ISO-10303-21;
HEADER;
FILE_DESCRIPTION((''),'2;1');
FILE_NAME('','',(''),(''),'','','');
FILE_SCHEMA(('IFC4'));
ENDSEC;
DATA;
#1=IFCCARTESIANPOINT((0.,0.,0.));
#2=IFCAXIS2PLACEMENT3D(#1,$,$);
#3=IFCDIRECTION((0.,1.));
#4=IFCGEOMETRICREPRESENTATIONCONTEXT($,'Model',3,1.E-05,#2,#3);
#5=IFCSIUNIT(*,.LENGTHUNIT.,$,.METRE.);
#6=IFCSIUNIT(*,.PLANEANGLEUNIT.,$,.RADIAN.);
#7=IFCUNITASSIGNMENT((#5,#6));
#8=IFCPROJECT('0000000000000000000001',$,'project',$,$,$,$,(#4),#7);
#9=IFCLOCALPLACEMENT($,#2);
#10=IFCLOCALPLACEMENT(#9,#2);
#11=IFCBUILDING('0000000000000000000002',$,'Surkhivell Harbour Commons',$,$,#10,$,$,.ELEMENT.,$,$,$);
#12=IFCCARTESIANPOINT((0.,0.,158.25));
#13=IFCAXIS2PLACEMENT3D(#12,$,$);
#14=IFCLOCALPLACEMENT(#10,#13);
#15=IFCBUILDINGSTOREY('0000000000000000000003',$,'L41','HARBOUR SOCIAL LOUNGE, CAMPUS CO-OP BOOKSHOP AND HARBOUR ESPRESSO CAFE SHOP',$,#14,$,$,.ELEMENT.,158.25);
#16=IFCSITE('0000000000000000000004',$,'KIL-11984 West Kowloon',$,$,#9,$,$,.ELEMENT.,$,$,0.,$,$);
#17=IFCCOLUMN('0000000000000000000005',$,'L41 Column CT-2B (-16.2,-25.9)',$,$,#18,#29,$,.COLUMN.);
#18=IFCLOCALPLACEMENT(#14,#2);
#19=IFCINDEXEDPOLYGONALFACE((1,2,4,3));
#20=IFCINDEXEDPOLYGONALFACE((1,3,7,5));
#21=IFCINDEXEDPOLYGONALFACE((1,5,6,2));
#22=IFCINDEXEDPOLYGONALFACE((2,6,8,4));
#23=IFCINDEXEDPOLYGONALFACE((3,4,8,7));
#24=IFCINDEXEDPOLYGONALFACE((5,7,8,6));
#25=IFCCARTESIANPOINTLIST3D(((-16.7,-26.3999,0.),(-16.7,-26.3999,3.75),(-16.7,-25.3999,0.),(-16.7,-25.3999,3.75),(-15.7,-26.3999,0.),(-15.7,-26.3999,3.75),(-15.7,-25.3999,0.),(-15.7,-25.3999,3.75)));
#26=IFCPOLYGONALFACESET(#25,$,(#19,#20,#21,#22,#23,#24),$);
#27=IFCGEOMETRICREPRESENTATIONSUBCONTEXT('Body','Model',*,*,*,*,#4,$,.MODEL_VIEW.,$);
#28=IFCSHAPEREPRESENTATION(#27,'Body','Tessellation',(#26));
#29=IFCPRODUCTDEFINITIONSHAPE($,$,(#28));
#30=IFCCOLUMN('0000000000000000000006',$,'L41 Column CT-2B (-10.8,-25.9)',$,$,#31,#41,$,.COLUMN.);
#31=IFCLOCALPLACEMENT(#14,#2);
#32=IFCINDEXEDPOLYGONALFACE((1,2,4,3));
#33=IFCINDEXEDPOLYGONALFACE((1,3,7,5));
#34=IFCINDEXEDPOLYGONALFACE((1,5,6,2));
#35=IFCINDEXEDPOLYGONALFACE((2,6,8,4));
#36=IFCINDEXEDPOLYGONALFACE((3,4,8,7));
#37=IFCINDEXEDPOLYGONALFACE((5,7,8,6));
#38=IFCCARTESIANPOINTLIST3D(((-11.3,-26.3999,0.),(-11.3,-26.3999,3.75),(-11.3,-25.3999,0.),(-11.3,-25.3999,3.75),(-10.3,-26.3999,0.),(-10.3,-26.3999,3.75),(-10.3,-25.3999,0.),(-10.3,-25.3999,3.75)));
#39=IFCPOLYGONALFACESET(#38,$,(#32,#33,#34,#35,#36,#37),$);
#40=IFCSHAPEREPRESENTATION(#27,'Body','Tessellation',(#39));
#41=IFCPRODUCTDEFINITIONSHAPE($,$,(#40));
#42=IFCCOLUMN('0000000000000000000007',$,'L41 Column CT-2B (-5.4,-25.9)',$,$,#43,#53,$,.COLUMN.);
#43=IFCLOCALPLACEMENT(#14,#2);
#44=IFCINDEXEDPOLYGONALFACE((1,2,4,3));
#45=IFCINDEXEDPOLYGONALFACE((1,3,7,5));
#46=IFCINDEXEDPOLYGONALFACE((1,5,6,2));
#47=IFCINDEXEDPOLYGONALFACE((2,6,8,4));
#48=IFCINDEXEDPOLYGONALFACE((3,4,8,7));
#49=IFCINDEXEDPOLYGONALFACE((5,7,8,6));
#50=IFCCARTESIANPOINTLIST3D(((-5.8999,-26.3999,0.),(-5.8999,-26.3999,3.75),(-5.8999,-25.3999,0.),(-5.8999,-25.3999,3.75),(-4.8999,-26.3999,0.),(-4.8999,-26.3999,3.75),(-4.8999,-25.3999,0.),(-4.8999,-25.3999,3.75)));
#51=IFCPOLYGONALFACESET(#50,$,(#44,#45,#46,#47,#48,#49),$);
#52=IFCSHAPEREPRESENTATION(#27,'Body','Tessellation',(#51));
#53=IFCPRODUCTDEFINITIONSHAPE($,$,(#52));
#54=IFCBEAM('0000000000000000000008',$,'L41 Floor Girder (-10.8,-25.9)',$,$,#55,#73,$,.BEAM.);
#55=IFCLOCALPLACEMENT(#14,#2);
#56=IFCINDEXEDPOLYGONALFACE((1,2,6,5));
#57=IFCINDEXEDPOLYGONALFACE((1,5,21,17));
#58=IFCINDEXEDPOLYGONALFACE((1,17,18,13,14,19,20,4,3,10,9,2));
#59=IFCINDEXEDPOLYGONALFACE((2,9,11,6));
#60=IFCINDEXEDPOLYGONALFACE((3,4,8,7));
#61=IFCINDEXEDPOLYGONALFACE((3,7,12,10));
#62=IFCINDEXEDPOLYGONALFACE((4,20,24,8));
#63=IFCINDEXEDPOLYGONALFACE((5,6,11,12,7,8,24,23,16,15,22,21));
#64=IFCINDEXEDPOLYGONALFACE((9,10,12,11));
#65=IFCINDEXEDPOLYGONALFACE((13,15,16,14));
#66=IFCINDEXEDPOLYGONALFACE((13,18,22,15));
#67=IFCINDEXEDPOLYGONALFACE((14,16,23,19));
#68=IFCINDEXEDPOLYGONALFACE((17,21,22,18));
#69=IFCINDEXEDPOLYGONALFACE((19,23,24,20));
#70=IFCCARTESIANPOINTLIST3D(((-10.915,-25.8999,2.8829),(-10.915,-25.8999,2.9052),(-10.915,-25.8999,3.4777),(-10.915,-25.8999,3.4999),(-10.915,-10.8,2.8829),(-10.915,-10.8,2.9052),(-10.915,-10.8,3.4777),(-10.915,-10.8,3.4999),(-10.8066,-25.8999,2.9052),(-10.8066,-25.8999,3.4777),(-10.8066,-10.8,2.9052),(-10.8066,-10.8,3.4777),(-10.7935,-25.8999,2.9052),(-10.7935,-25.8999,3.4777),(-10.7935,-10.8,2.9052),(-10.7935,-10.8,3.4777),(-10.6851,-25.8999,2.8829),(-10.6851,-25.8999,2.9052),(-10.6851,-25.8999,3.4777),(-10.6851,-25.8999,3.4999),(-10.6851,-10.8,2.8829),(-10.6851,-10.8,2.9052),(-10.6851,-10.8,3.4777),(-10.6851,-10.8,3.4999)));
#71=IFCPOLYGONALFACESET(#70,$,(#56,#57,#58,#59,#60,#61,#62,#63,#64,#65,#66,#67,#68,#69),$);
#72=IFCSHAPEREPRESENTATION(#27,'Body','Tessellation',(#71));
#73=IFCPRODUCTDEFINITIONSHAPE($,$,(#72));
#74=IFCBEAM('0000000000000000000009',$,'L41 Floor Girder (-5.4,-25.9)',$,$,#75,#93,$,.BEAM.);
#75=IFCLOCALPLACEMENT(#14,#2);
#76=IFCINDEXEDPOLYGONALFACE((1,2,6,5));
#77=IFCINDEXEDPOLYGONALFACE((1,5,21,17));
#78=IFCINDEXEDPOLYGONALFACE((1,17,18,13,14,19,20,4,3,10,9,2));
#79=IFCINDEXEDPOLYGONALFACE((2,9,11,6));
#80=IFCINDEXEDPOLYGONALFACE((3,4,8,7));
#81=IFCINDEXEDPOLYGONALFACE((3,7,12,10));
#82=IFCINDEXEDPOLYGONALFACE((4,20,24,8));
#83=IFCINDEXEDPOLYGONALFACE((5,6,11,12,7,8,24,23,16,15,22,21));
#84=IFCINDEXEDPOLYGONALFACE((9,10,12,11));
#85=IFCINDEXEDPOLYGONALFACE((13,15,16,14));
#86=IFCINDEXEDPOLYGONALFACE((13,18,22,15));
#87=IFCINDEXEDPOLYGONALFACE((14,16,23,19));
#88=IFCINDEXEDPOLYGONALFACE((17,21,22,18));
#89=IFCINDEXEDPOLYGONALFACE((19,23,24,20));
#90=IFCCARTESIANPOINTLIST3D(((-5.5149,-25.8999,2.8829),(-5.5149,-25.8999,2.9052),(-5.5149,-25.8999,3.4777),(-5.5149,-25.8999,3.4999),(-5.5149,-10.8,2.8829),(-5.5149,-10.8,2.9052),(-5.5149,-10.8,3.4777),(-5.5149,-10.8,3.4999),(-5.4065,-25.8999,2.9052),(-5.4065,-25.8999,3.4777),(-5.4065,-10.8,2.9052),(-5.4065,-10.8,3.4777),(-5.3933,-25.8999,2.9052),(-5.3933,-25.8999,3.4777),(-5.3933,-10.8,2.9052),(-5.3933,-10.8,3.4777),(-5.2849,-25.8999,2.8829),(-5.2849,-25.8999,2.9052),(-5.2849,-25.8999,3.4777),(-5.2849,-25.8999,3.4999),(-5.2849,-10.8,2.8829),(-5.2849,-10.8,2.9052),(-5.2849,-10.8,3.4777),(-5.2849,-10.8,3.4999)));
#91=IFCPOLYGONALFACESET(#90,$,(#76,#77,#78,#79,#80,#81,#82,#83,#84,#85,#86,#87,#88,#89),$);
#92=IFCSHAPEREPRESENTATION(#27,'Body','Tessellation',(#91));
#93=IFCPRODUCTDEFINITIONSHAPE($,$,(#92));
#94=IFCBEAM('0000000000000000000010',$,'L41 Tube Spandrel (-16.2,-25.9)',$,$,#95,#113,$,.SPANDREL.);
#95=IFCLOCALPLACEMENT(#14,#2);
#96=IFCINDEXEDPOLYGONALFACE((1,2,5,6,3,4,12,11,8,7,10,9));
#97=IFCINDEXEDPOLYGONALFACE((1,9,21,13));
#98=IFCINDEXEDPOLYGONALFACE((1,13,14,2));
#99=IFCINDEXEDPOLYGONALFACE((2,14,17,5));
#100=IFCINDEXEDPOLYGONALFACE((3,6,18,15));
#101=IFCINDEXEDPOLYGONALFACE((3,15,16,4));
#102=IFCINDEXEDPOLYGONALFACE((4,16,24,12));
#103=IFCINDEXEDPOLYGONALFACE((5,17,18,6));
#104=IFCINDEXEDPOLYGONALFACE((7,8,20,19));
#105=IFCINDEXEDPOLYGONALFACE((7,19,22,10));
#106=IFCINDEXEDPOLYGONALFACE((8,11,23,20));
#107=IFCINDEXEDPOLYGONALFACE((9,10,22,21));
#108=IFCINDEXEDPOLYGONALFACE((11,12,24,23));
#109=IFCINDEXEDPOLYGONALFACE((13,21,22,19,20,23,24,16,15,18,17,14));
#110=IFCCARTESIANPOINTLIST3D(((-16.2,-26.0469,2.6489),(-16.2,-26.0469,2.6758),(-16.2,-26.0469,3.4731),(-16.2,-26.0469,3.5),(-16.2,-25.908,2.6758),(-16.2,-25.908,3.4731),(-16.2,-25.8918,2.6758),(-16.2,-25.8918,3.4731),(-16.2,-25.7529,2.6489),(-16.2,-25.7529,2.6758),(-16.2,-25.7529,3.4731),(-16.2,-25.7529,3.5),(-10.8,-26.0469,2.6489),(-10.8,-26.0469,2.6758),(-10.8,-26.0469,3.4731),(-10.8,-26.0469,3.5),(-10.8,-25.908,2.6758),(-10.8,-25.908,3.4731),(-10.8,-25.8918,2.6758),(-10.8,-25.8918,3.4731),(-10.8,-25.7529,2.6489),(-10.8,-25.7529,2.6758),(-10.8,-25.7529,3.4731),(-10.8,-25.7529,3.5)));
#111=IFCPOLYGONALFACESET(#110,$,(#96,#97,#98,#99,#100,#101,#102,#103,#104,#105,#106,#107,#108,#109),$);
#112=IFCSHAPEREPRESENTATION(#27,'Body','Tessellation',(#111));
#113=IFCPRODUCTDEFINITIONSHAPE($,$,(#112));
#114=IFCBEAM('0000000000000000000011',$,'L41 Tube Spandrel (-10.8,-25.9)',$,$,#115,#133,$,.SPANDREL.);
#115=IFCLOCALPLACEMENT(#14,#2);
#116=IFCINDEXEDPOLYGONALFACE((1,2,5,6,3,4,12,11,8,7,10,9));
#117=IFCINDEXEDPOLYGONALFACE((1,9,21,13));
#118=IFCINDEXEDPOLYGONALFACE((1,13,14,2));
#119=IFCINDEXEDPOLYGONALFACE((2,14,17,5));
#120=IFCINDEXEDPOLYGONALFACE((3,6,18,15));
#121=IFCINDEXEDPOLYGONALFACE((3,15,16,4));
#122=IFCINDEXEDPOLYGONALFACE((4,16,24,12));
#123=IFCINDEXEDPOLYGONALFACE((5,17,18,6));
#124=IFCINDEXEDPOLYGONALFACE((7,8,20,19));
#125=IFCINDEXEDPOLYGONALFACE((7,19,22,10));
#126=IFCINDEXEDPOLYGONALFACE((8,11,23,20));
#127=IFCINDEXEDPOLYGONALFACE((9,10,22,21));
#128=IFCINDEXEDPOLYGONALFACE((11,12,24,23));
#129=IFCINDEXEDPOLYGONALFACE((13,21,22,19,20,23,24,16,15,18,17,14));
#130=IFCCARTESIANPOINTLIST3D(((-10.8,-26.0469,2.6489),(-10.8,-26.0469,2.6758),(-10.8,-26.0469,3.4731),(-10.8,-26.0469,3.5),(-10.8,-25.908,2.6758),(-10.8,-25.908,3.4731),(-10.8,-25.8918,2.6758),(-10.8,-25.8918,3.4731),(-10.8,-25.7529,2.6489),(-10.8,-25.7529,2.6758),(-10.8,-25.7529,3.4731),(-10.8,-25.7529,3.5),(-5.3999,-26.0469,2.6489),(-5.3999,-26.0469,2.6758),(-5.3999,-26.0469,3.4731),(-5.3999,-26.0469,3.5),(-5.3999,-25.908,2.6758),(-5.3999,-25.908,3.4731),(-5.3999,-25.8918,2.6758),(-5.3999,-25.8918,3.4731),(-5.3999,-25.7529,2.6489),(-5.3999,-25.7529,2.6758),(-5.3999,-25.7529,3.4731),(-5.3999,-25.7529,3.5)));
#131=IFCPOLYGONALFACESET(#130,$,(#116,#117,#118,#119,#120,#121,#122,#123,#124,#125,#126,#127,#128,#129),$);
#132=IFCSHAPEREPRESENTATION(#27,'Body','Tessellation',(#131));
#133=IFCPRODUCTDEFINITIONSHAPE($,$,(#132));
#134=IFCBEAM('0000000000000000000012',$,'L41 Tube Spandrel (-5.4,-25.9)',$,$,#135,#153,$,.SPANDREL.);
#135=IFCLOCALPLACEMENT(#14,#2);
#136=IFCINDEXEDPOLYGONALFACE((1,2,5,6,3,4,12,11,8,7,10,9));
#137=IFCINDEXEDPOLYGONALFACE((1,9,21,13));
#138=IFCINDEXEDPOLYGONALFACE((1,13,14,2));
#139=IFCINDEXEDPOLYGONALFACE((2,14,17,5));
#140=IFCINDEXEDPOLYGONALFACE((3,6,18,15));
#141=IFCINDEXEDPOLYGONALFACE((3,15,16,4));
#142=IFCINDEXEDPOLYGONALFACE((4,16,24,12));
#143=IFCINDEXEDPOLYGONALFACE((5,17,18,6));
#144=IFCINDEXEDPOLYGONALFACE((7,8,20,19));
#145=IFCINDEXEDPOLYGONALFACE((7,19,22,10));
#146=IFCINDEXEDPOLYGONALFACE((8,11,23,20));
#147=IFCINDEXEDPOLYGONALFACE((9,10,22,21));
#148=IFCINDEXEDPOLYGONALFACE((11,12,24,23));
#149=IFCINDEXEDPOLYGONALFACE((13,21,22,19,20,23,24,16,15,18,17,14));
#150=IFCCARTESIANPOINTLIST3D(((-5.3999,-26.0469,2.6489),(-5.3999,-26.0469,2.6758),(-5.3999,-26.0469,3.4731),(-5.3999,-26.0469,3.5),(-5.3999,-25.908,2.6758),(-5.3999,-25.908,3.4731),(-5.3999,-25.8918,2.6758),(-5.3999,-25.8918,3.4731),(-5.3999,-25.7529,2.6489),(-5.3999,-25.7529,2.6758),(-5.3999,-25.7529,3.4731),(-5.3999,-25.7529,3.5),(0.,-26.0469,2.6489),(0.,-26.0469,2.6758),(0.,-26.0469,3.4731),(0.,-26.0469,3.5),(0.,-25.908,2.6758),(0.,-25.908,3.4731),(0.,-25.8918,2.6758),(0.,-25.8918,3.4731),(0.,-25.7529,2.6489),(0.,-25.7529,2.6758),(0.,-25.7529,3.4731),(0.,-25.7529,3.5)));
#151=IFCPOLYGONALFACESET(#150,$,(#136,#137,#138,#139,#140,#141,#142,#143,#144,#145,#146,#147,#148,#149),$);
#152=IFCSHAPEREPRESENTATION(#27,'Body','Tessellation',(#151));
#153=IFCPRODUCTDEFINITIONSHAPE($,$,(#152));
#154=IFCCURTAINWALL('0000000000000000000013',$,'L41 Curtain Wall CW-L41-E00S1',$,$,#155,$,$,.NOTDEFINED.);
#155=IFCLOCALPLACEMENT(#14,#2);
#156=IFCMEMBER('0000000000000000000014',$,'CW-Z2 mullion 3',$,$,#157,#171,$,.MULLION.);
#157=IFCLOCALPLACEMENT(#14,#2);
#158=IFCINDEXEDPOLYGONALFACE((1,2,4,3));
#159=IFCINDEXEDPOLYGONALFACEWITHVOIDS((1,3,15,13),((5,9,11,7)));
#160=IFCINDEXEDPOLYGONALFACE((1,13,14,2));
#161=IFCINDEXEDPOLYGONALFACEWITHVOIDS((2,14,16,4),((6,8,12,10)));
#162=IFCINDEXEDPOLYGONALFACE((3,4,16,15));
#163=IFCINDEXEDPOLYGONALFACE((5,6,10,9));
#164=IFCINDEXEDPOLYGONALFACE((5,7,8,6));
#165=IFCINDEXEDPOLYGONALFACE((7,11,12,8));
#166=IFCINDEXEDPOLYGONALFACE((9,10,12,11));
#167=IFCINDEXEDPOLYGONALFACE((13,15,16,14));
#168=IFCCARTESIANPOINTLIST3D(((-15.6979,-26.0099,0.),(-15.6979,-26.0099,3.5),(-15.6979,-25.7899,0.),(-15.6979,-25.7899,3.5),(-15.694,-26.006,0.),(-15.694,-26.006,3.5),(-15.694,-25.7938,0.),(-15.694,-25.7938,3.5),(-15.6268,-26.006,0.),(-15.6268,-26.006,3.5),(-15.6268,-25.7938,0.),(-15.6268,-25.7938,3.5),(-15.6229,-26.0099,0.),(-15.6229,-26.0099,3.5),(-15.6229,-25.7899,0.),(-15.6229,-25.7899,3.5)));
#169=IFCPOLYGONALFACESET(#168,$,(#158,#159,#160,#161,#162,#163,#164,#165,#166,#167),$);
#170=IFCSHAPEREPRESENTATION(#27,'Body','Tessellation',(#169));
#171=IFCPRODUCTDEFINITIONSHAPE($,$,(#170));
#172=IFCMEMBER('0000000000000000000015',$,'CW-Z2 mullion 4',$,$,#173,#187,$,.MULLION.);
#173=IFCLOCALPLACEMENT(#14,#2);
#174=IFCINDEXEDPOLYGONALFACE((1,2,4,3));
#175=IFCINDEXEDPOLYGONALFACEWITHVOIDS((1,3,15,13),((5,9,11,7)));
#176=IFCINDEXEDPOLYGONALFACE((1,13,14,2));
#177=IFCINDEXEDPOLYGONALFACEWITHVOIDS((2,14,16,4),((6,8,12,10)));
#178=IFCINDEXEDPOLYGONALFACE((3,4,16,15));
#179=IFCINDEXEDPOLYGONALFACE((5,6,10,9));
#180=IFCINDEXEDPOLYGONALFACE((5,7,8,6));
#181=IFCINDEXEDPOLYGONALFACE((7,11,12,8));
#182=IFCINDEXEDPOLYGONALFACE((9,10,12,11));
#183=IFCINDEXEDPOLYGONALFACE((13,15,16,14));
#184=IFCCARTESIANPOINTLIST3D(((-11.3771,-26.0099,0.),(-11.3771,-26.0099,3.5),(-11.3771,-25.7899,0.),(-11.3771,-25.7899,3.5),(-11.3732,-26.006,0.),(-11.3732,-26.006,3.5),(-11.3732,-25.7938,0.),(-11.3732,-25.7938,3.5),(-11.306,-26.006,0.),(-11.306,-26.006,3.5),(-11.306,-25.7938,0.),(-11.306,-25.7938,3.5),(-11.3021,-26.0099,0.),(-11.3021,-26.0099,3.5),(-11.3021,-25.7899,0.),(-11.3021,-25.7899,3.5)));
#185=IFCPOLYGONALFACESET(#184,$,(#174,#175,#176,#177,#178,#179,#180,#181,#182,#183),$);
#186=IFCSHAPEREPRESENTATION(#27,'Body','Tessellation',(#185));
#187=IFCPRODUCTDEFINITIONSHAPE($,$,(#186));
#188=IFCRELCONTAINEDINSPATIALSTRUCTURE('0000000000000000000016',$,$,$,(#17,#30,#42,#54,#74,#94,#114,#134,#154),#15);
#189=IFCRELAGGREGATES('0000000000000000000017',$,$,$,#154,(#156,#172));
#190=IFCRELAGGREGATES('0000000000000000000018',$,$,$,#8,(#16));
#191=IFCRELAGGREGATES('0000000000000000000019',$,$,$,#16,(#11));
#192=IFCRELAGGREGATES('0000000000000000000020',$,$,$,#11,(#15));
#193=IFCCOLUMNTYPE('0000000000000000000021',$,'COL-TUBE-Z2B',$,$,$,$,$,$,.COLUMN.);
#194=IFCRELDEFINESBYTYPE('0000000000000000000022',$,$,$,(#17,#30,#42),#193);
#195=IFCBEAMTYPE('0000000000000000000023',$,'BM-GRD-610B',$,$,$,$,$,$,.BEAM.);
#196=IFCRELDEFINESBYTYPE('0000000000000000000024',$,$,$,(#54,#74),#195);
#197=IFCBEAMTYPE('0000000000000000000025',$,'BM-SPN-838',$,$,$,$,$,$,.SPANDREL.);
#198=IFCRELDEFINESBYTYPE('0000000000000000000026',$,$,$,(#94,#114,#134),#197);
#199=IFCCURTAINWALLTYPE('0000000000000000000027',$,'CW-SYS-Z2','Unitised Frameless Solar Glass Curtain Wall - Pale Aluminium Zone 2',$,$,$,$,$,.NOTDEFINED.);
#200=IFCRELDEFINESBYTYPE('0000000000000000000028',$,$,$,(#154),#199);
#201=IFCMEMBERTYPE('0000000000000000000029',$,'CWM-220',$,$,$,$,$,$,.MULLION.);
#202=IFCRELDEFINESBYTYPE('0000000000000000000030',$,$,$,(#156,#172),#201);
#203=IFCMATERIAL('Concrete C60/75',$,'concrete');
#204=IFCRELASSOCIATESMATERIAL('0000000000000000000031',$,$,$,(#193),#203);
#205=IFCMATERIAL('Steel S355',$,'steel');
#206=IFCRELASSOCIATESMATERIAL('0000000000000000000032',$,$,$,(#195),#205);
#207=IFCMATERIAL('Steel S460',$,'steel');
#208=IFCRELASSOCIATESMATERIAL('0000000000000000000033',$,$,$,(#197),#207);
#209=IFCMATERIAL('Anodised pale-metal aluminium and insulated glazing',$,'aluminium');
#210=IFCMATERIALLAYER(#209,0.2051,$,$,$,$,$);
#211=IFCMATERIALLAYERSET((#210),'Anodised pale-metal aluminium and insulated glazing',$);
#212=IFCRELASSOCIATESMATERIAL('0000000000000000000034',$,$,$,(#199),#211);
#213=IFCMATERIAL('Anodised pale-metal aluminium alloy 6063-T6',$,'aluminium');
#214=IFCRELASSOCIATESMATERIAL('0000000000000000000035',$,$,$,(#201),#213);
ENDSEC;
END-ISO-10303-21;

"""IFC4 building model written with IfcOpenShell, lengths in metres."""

from ifc_helpers import new_model, si_unit, direction, frame, origin, origin_2d, place, context, subcontext, project, spatial, rectangle, hollow_rectangle, i_section, extrude, material, layer, layer_set, material_profile, profile_set, type_object, element, aggregate, save


model = new_model("IFC4")

# Units and contexts
model_context = context("Model", 3, precision=1e-05, world=origin(), true_north=direction((0.0, 1.0)))
body_context = subcontext(model_context, "Body", "Model", "MODEL_VIEW")
ifc_project = project(units=[si_unit("LENGTHUNIT", "METRE"), si_unit("PLANEANGLEUNIT", "RADIAN")], contexts=[model_context])

# Site, building, storey
site_placement = place(None, origin())
site = spatial("IfcSite", under=ifc_project, at=site_placement, Name="KIL-11984 West Kowloon", CompositionType="ELEMENT", RefElevation=0.0)
building_placement = place(site_placement, origin())
building = spatial("IfcBuilding", under=site, at=building_placement, Name="Surkhivell Harbour Commons", CompositionType="ELEMENT")
storey_placement = place(building_placement, frame((0.0, 0.0, 158.25)))
storey = spatial("IfcBuildingStorey", under=building, at=storey_placement, Name="L41", Description="HARBOUR SOCIAL LOUNGE, CAMPUS CO-OP BOOKSHOP AND HARBOUR ESPRESSO CAFE SHOP", CompositionType="ELEMENT", Elevation=158.25)

# Columns
ifc_material_1 = material(Name="Concrete C60/75", Category="concrete")
ifc_material_profile_1 = material_profile(ifc_material_1, rectangle(XDim=1.0, YDim=1.0, at=origin_2d()), Name="RC-COL-1000x1000")
ifc_profile_set_1 = profile_set([ifc_material_profile_1], Name="Concrete C60/75")
column_type = type_object("IfcColumnType", Name="COL-TUBE-Z2B", PredefinedType="COLUMN", material=ifc_profile_set_1)
for number, where, z_axis, x_axis, name in (
    (1, (-16.2, -25.8999, 0.0), (0.0, 0.0, 1.0), (1.0, 0.0, 0.0), "L41 Column CT-2B (-16.2,-25.9)"),
    (2, (-10.8, -25.8999, 0.0), (0.0, 0.0, 1.0), (1.0, 0.0, 0.0), "L41 Column CT-2B (-10.8,-25.9)"),
    (3, (-5.3999, -25.8999, 0.0), (0.0, 0.0, 1.0), (1.0, 0.0, 0.0), "L41 Column CT-2B (-5.4,-25.9)"),
):
    element("IfcColumn", number, at=place(storey_placement, frame(where, z_axis=z_axis, x_axis=x_axis)), inside=storey, type_object=column_type, Name=name, PredefinedType="COLUMN", context=body_context, shape_type="SweptSolid", body=[
        extrude(rectangle(XDim=1.0, YDim=1.0, at=origin_2d()), origin(), (0.0, 0.0, 1.0), 3.75),
    ])

# Beams
ifc_material_2 = material(Name="Steel S355", Category="steel")
ifc_material_profile_2 = material_profile(ifc_material_2, i_section(OverallWidth=0.23, OverallDepth=0.6169, WebThickness=0.0132, FlangeThickness=0.0222, at=origin_2d()), Name="UB610x229x140")
ifc_profile_set_2 = profile_set([ifc_material_profile_2], Name="Steel S355")
beam_type_1 = type_object("IfcBeamType", Name="BM-GRD-610B", PredefinedType="BEAM", material=ifc_profile_set_2)
for number, where, z_axis, x_axis, name in (
    (4, (-10.8, -25.8999, 3.1914), (0.0, 1.0, 0.0), (-1.0, 0.0, 0.0), "L41 Floor Girder (-10.8,-25.9)"),
    (5, (-5.3999, -25.8999, 3.1914), (0.0, 1.0, 0.0), (-1.0, 0.0, 0.0), "L41 Floor Girder (-5.4,-25.9)"),
):
    element("IfcBeam", number, at=place(storey_placement, frame(where, z_axis=z_axis, x_axis=x_axis)), inside=storey, type_object=beam_type_1, Name=name, PredefinedType="BEAM", context=body_context, shape_type="SweptSolid", body=[
        extrude(i_section(OverallWidth=0.23, OverallDepth=0.6169, WebThickness=0.0132, FlangeThickness=0.0222, at=origin_2d()), origin(), (0.0, 0.0, 1.0), 15.0999),
    ])
ifc_material_3 = material(Name="Steel S460", Category="steel")
ifc_material_profile_3 = material_profile(ifc_material_3, i_section(OverallWidth=0.2939, OverallDepth=0.8511, WebThickness=0.0161, FlangeThickness=0.0269, at=origin_2d()), Name="UB838x292x226")
ifc_profile_set_3 = profile_set([ifc_material_profile_3], Name="Steel S460")
beam_type_2 = type_object("IfcBeamType", Name="BM-SPN-838", PredefinedType="SPANDREL", material=ifc_profile_set_3)
beam_1_placement = place(storey_placement, frame((-16.2, -25.8999, 3.0745), z_axis=(1.0, 0.0, 0.0), x_axis=(0.0, 1.0, 0.0)))
element("IfcBeam", 6, at=beam_1_placement, inside=storey, type_object=beam_type_2, Name="L41 Tube Spandrel (-16.2,-25.9)", PredefinedType="SPANDREL", context=body_context, shape_type="SweptSolid", body=[
    extrude(i_section(OverallWidth=0.2939, OverallDepth=0.8511, WebThickness=0.0161, FlangeThickness=0.0269, at=origin_2d()), origin(), (0.0, 0.0, 1.0), 5.3999),
])
beam_2_placement = place(storey_placement, frame((-10.8, -25.8999, 3.0745), z_axis=(1.0, 0.0, 0.0), x_axis=(0.0, 1.0, 0.0)))
element("IfcBeam", 7, at=beam_2_placement, inside=storey, type_object=beam_type_2, Name="L41 Tube Spandrel (-10.8,-25.9)", PredefinedType="SPANDREL", context=body_context, shape_type="SweptSolid", body=[
    extrude(i_section(OverallWidth=0.2939, OverallDepth=0.8511, WebThickness=0.0161, FlangeThickness=0.0269, at=origin_2d()), origin(), (0.0, 0.0, 1.0), 5.4001),
])
beam_3_placement = place(storey_placement, frame((-5.3999, -25.8999, 3.0745), z_axis=(1.0, 0.0, 0.0), x_axis=(0.0, 1.0, 0.0)))
element("IfcBeam", 8, at=beam_3_placement, inside=storey, type_object=beam_type_2, Name="L41 Tube Spandrel (-5.4,-25.9)", PredefinedType="SPANDREL", context=body_context, shape_type="SweptSolid", body=[
    extrude(i_section(OverallWidth=0.2939, OverallDepth=0.8511, WebThickness=0.0161, FlangeThickness=0.0269, at=origin_2d()), origin(), (0.0, 0.0, 1.0), 5.3999),
])

# Curtain wall, members
ifc_material_4 = material(Name="Anodised pale-metal aluminium and insulated glazing", Category="aluminium")
ifc_layer_1 = layer(ifc_material_4, 0.2051)
ifc_layer_set_1 = layer_set([ifc_layer_1], Name="Anodised pale-metal aluminium and insulated glazing")
curtain_wall_type = type_object("IfcCurtainWallType", Name="CW-SYS-Z2", Description="Unitised Frameless Solar Glass Curtain Wall - Pale Aluminium Zone 2", PredefinedType="NOTDEFINED", material=ifc_layer_set_1)
curtain_wall_1_placement = place(storey_placement, origin())
curtain_wall_1 = element("IfcCurtainWall", 9, at=curtain_wall_1_placement, inside=storey, type_object=curtain_wall_type, Name="L41 Curtain Wall CW-L41-E00S1", PredefinedType="NOTDEFINED")
ifc_material_5 = material(Name="Anodised pale-metal aluminium alloy 6063-T6", Category="aluminium")
ifc_material_profile_4 = material_profile(ifc_material_5, hollow_rectangle(XDim=0.075, YDim=0.22, WallThickness=0.0039, at=origin_2d()), Name="ALU-MULL-75x220")
ifc_profile_set_4 = profile_set([ifc_material_profile_4], Name="Anodised pale-metal aluminium alloy 6063-T6")
member_type_1 = type_object("IfcMemberType", Name="CWM-220", PredefinedType="MULLION", material=ifc_profile_set_4)
member_1_placement = place(storey_placement, frame((-15.6604, -25.8999, 0.0), z_axis=(0.0, 0.0, 1.0), x_axis=(1.0, 0.0, 0.0)))
member_1 = element("IfcMember", 10, at=member_1_placement, type_object=member_type_1, Name="CW-Z2 mullion 3", PredefinedType="MULLION", context=body_context, shape_type="SweptSolid", body=[
    extrude(hollow_rectangle(XDim=0.075, YDim=0.22, WallThickness=0.0039, at=origin_2d()), origin(), (0.0, 0.0, 1.0), 3.5),
])
member_2_placement = place(storey_placement, frame((-11.3396, -25.8999, 0.0), z_axis=(0.0, 0.0, 1.0), x_axis=(1.0, 0.0, 0.0)))
member_2 = element("IfcMember", 11, at=member_2_placement, type_object=member_type_1, Name="CW-Z2 mullion 4", PredefinedType="MULLION", context=body_context, shape_type="SweptSolid", body=[
    extrude(hollow_rectangle(XDim=0.075, YDim=0.22, WallThickness=0.0039, at=origin_2d()), origin(), (0.0, 0.0, 1.0), 3.5),
])

aggregate(curtain_wall_1, [member_1, member_2])

save(model, "model.ifc")
